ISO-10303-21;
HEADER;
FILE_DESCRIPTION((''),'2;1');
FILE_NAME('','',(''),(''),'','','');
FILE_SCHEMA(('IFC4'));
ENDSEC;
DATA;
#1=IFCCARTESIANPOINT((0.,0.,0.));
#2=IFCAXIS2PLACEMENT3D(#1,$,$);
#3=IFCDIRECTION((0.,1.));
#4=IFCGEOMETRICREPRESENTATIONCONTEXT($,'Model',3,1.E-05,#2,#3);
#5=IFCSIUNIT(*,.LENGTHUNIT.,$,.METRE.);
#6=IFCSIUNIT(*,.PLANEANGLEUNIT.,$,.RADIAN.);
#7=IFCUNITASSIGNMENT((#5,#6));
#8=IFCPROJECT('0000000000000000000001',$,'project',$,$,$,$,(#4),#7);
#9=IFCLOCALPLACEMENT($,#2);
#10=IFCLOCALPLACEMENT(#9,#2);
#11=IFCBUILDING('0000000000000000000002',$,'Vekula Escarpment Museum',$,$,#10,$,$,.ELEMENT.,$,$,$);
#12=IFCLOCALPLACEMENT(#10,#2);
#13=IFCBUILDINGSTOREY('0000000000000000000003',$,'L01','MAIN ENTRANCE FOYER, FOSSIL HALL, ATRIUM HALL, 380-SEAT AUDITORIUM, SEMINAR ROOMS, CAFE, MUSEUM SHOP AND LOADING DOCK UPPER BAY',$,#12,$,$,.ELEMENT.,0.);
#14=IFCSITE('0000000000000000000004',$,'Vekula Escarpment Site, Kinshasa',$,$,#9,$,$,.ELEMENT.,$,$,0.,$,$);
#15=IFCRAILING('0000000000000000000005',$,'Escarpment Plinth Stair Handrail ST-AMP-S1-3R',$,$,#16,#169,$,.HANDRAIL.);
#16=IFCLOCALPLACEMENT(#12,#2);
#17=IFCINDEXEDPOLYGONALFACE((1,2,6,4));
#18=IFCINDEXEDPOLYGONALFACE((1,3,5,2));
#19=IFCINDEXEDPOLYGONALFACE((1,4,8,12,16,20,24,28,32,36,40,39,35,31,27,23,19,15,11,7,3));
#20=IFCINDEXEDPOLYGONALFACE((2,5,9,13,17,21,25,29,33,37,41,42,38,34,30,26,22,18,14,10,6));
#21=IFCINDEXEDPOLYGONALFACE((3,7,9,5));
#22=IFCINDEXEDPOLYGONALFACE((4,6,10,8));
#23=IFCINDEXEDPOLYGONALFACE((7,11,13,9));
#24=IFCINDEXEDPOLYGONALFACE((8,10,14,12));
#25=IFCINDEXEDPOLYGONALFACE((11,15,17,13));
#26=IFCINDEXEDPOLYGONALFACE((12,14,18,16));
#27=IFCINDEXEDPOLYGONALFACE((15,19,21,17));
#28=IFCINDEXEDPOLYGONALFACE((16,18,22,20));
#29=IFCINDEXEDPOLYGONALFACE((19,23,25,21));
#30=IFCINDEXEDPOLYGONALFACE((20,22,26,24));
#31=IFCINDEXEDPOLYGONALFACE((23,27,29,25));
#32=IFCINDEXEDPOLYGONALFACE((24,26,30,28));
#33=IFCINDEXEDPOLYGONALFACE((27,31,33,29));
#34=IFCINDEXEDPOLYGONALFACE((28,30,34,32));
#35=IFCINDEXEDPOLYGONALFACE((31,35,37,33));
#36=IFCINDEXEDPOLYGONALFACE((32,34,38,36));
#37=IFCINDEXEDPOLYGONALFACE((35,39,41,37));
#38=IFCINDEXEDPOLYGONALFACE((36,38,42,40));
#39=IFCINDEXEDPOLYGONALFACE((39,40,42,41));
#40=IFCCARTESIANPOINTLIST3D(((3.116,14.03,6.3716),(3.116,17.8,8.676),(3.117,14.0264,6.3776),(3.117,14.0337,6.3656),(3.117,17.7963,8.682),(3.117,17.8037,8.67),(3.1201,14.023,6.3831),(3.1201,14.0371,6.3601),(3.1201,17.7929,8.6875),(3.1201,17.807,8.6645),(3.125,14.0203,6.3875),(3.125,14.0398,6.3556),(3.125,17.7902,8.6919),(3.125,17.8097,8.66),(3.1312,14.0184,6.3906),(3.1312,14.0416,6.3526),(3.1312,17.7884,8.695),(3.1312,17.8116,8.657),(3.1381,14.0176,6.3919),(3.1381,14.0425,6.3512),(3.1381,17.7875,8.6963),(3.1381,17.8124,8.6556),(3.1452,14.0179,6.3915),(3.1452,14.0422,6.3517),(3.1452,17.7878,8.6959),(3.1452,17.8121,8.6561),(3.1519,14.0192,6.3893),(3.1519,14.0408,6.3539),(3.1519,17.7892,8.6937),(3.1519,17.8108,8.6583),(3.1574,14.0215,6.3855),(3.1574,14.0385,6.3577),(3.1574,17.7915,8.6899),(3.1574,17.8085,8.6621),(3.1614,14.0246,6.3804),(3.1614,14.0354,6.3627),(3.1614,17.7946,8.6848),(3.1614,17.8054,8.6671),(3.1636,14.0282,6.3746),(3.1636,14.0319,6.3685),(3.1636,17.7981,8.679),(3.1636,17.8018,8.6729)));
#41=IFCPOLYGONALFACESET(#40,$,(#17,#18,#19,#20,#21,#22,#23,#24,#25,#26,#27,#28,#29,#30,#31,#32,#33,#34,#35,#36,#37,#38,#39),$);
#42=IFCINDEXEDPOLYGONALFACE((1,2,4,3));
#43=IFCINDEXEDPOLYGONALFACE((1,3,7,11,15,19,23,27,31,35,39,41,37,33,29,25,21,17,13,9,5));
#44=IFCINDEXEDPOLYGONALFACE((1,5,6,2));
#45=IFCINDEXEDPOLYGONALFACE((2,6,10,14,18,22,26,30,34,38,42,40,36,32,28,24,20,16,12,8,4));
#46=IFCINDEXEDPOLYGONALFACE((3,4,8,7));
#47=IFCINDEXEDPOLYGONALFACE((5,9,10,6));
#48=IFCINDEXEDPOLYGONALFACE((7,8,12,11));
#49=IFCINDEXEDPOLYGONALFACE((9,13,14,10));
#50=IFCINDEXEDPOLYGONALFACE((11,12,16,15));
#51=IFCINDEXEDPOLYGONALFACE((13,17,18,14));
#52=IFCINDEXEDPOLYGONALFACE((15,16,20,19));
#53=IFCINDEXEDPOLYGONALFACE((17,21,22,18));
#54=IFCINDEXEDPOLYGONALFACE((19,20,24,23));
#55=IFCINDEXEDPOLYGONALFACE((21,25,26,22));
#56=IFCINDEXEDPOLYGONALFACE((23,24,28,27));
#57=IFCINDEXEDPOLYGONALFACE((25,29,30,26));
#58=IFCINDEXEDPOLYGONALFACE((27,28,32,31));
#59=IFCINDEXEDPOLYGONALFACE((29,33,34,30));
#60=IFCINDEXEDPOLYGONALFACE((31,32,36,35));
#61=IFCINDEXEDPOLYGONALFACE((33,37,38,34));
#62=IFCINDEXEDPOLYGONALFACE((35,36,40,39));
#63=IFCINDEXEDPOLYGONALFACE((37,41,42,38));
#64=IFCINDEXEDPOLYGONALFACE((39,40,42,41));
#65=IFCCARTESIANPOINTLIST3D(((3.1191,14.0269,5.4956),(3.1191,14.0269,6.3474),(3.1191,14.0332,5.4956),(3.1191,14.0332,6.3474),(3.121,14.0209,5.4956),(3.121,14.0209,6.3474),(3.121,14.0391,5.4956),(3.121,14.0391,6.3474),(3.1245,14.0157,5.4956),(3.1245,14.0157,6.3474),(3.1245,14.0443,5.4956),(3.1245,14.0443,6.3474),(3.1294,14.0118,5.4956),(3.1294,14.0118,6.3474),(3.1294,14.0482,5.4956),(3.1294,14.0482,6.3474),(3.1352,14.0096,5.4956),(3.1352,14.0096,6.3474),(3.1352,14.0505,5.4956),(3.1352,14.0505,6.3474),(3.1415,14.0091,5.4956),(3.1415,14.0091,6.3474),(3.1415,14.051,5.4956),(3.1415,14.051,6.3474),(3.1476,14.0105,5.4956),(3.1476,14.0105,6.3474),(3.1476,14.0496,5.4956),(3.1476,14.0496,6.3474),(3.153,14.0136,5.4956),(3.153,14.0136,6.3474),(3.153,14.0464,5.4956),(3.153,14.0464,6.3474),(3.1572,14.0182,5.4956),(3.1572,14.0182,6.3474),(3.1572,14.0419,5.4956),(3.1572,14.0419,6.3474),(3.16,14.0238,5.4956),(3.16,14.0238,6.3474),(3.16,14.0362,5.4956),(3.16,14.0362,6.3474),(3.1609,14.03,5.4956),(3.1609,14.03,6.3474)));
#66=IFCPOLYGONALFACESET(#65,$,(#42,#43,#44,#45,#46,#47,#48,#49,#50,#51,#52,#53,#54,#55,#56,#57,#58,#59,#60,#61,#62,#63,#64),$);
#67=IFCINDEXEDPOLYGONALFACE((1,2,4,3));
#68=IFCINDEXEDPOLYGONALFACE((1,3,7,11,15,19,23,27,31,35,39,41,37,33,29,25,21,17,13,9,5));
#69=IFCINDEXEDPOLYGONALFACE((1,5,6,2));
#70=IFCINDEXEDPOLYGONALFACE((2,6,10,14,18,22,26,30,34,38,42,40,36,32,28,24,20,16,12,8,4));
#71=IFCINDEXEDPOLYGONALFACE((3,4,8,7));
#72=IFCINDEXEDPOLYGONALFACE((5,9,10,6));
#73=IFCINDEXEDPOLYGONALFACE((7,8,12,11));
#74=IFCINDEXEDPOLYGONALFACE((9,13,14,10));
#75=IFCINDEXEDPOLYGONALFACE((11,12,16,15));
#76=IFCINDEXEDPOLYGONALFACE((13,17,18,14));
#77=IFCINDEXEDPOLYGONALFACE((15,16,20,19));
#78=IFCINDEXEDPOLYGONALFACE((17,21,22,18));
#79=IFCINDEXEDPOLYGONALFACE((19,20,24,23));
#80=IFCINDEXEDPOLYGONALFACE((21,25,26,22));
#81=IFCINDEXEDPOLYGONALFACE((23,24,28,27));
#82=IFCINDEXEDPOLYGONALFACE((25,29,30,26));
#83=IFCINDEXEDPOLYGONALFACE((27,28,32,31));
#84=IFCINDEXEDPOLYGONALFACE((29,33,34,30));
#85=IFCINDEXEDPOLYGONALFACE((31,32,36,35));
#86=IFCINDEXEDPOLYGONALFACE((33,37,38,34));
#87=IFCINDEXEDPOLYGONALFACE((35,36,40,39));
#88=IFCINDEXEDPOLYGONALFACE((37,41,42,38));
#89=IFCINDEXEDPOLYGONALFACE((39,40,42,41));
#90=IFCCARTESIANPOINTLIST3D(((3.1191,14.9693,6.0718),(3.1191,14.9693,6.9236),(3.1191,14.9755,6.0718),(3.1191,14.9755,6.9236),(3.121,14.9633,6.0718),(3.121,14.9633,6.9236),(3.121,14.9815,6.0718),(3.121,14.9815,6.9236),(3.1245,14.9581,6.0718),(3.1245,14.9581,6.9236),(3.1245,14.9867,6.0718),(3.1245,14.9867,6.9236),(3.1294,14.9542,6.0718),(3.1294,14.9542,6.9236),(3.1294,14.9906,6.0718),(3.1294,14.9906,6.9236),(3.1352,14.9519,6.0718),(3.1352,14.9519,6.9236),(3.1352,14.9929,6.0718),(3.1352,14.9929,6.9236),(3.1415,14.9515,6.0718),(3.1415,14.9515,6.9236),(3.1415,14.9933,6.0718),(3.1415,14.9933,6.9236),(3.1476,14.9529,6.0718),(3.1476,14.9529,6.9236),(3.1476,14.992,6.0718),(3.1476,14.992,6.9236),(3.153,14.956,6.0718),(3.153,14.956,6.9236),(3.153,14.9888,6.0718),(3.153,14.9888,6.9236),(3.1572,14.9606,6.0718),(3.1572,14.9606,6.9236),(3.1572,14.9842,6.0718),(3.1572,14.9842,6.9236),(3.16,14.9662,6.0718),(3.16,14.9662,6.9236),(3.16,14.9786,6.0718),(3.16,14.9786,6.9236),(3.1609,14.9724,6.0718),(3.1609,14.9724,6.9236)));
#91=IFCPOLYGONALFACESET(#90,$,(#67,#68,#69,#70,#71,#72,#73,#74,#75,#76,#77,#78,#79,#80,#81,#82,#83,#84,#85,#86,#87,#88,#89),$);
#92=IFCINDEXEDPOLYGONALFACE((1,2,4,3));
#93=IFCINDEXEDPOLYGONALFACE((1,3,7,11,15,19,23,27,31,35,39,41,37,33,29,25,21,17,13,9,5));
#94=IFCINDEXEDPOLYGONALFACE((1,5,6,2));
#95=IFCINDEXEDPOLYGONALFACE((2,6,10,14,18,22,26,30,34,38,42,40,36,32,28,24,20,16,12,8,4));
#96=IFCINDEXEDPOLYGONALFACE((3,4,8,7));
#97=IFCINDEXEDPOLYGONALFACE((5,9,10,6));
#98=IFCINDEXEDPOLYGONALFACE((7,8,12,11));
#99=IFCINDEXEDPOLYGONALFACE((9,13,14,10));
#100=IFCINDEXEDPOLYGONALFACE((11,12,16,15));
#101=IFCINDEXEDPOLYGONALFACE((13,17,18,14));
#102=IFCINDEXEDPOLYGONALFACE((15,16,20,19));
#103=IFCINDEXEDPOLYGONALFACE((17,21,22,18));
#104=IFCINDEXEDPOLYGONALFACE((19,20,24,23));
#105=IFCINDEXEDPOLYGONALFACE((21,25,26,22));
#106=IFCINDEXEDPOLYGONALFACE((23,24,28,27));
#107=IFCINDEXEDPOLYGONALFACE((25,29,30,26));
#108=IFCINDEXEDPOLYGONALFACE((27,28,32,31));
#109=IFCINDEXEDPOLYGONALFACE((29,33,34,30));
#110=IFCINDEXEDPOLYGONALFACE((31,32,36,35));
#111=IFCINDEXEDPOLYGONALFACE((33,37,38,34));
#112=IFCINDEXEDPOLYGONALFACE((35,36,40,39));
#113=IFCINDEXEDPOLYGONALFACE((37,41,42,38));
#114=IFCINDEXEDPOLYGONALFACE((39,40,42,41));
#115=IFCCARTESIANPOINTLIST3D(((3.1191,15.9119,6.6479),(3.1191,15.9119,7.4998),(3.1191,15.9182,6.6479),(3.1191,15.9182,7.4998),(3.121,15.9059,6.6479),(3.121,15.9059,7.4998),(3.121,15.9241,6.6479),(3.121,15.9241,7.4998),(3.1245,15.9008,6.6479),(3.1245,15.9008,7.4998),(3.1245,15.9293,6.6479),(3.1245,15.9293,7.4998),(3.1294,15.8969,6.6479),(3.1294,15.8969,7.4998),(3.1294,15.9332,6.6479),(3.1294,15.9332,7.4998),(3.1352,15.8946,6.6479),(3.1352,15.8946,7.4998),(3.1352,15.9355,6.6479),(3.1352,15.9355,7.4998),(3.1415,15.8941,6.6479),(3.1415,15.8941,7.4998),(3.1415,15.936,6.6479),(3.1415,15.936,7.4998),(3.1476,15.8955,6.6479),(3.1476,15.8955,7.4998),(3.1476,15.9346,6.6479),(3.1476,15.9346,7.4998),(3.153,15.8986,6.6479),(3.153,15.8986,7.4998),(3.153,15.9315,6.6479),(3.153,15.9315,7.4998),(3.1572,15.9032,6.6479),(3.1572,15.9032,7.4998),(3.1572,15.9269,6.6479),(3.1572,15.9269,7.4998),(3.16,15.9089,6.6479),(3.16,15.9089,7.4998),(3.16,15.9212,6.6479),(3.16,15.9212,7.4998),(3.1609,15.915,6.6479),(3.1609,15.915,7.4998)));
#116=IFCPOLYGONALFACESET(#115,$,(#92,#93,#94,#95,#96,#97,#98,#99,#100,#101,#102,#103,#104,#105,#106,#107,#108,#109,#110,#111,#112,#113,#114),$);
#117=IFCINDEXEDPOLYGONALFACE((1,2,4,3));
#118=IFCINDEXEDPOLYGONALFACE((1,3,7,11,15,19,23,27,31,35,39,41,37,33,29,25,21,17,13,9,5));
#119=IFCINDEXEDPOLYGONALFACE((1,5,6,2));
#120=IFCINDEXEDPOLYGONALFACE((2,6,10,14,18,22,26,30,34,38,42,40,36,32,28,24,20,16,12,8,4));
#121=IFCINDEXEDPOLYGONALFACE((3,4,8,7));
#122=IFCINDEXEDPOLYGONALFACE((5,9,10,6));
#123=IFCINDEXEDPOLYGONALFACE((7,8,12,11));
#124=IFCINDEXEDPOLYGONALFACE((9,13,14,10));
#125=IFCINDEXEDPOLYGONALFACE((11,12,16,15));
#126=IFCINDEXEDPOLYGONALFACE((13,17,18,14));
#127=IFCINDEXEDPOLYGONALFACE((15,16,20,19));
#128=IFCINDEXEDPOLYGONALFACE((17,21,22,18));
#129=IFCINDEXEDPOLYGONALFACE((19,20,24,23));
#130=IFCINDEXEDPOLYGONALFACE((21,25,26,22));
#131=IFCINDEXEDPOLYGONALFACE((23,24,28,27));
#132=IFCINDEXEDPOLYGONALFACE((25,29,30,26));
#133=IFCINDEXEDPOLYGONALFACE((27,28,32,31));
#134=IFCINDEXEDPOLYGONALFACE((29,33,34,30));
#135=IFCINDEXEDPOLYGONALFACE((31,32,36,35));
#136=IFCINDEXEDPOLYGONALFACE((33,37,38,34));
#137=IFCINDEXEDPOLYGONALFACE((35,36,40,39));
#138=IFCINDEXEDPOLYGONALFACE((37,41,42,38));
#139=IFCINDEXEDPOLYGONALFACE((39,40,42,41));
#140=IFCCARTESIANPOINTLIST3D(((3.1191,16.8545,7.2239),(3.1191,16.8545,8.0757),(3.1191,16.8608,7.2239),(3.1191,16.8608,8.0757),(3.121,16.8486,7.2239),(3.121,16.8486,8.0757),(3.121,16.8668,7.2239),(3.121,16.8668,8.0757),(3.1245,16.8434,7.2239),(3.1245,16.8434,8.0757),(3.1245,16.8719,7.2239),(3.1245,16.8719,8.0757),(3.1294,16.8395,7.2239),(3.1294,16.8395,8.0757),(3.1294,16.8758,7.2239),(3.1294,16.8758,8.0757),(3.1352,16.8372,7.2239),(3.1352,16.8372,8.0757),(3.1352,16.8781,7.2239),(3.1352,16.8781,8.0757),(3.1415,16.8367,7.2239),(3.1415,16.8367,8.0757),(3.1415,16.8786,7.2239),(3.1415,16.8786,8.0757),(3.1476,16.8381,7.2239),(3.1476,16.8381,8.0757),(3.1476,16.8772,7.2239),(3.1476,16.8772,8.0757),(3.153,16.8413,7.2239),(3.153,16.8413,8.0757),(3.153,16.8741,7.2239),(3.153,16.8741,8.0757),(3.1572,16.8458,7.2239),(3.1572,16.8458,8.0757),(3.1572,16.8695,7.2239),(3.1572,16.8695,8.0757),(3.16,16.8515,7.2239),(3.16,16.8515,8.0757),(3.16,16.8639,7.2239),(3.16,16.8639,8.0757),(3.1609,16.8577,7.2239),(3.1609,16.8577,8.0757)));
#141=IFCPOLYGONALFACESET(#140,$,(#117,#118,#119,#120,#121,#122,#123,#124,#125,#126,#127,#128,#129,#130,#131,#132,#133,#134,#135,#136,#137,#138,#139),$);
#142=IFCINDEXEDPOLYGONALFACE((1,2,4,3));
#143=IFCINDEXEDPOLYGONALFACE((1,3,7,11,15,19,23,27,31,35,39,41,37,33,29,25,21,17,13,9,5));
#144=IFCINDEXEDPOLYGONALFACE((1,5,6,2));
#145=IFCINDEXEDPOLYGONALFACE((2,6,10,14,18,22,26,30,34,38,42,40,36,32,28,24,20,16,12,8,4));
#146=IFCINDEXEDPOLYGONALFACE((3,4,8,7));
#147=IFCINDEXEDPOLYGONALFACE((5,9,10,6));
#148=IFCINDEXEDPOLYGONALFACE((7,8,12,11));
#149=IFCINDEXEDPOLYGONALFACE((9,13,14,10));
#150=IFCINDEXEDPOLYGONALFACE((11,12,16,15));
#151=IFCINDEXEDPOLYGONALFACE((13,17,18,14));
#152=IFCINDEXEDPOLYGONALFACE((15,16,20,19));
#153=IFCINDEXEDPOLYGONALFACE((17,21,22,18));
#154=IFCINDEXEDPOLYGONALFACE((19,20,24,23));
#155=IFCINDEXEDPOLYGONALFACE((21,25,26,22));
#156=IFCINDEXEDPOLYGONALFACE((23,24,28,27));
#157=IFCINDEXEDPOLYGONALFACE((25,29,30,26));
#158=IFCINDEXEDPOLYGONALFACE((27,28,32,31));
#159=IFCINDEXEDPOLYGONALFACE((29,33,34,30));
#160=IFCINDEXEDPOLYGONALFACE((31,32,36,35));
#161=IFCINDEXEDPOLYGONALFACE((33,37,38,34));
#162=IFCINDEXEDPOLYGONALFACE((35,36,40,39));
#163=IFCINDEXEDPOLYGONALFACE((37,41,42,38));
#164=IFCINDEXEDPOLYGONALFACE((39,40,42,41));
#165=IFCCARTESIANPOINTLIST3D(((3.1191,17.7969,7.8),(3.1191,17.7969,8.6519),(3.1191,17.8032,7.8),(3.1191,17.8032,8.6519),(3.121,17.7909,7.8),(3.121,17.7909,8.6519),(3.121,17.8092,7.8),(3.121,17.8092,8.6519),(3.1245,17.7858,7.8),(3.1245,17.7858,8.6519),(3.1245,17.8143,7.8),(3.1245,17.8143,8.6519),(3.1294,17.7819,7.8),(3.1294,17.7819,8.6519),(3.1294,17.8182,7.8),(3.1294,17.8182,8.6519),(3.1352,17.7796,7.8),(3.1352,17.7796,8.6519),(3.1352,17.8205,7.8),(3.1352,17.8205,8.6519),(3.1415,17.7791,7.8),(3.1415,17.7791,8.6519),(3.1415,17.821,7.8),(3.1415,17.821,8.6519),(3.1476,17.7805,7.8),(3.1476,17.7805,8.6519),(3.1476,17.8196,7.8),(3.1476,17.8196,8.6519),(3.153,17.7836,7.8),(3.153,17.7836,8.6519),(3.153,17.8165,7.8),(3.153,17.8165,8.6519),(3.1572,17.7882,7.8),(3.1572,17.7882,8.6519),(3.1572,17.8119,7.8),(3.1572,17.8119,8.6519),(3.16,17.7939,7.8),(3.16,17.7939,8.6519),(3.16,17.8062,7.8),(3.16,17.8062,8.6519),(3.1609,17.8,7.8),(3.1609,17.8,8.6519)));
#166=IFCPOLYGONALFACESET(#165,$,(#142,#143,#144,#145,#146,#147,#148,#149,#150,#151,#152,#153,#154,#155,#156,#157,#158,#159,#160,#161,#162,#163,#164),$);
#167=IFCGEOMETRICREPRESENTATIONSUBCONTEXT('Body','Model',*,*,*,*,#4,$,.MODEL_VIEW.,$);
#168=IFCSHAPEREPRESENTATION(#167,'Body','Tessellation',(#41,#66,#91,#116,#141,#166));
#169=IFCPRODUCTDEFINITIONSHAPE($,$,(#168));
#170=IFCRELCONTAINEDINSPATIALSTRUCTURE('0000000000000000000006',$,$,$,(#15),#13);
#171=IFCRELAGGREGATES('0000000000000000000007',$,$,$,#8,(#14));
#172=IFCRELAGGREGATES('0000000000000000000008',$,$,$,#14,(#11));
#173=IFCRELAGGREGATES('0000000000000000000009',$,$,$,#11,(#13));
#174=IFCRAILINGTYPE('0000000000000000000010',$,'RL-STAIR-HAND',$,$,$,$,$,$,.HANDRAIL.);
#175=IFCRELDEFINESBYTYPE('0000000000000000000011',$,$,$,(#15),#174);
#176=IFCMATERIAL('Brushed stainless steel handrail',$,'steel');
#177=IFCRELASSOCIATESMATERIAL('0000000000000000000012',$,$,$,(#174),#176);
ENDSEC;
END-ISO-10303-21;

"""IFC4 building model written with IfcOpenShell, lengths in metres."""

from ifc_helpers import new_model, si_unit, direction, frame, origin, origin_2d, place, context, subcontext, project, spatial, circle, extrude, material, type_object, element, save


model = new_model("IFC4")

# Units and contexts
model_context = context("Model", 3, precision=1e-05, world=origin(), true_north=direction((0.0, 1.0)))
body_context = subcontext(model_context, "Body", "Model", "MODEL_VIEW")
ifc_project = project(units=[si_unit("LENGTHUNIT", "METRE"), si_unit("PLANEANGLEUNIT", "RADIAN")], contexts=[model_context])

# Site, building, storey
site_placement = place(None, origin())
site = spatial("IfcSite", under=ifc_project, at=site_placement, Name="Vekula Escarpment Site, Kinshasa", CompositionType="ELEMENT", RefElevation=0.0)
building_placement = place(site_placement, origin())
building = spatial("IfcBuilding", under=site, at=building_placement, Name="Vekula Escarpment Museum", CompositionType="ELEMENT")
storey_placement = place(building_placement, origin())
storey = spatial("IfcBuildingStorey", under=building, at=storey_placement, Name="L01", Description="MAIN ENTRANCE FOYER, FOSSIL HALL, ATRIUM HALL, 380-SEAT AUDITORIUM, SEMINAR ROOMS, CAFE, MUSEUM SHOP AND LOADING DOCK UPPER BAY", CompositionType="ELEMENT", Elevation=0.0)

# Railing
ifc_material_1 = material(Name="Brushed stainless steel handrail", Category="steel")
railing_type = type_object("IfcRailingType", Name="RL-STAIR-HAND", PredefinedType="HANDRAIL", material=ifc_material_1)
railing_1_placement = place(storey_placement, frame((3.1399, 14.03, 5.4956)))
element("IfcRailing", 1, at=railing_1_placement, inside=storey, type_object=railing_type, Name="Escarpment Plinth Stair Handrail ST-AMP-S1-3R", PredefinedType="HANDRAIL", context=body_context, shape_type="SweptSolid", body=[
    extrude(circle(Radius=0.0239, at=origin_2d()), frame((0.0, 0.0, 0.876), z_axis=(0.0, 0.853227, 0.521539), x_axis=(-1.0, 0.0, 0.0)), (0.0, 0.0, 1.0), 4.4185),
    extrude(circle(Radius=0.021, at=origin_2d()), origin(), (0.0, 0.0, 1.0), 0.8518),
    extrude(circle(Radius=0.021, at=origin_2d()), frame((0.0, 0.9424, 0.5762)), (0.0, 0.0, 1.0), 0.8518),
    extrude(circle(Radius=0.021, at=origin_2d()), frame((0.0, 1.885, 1.1523)), (0.0, 0.0, 1.0), 0.8518),
    extrude(circle(Radius=0.021, at=origin_2d()), frame((0.0, 2.8276, 1.7283)), (0.0, 0.0, 1.0), 0.8518),
    extrude(circle(Radius=0.021, at=origin_2d()), frame((0.0, 3.77, 2.3044)), (0.0, 0.0, 1.0), 0.8518),
])

save(model, "model.ifc")
